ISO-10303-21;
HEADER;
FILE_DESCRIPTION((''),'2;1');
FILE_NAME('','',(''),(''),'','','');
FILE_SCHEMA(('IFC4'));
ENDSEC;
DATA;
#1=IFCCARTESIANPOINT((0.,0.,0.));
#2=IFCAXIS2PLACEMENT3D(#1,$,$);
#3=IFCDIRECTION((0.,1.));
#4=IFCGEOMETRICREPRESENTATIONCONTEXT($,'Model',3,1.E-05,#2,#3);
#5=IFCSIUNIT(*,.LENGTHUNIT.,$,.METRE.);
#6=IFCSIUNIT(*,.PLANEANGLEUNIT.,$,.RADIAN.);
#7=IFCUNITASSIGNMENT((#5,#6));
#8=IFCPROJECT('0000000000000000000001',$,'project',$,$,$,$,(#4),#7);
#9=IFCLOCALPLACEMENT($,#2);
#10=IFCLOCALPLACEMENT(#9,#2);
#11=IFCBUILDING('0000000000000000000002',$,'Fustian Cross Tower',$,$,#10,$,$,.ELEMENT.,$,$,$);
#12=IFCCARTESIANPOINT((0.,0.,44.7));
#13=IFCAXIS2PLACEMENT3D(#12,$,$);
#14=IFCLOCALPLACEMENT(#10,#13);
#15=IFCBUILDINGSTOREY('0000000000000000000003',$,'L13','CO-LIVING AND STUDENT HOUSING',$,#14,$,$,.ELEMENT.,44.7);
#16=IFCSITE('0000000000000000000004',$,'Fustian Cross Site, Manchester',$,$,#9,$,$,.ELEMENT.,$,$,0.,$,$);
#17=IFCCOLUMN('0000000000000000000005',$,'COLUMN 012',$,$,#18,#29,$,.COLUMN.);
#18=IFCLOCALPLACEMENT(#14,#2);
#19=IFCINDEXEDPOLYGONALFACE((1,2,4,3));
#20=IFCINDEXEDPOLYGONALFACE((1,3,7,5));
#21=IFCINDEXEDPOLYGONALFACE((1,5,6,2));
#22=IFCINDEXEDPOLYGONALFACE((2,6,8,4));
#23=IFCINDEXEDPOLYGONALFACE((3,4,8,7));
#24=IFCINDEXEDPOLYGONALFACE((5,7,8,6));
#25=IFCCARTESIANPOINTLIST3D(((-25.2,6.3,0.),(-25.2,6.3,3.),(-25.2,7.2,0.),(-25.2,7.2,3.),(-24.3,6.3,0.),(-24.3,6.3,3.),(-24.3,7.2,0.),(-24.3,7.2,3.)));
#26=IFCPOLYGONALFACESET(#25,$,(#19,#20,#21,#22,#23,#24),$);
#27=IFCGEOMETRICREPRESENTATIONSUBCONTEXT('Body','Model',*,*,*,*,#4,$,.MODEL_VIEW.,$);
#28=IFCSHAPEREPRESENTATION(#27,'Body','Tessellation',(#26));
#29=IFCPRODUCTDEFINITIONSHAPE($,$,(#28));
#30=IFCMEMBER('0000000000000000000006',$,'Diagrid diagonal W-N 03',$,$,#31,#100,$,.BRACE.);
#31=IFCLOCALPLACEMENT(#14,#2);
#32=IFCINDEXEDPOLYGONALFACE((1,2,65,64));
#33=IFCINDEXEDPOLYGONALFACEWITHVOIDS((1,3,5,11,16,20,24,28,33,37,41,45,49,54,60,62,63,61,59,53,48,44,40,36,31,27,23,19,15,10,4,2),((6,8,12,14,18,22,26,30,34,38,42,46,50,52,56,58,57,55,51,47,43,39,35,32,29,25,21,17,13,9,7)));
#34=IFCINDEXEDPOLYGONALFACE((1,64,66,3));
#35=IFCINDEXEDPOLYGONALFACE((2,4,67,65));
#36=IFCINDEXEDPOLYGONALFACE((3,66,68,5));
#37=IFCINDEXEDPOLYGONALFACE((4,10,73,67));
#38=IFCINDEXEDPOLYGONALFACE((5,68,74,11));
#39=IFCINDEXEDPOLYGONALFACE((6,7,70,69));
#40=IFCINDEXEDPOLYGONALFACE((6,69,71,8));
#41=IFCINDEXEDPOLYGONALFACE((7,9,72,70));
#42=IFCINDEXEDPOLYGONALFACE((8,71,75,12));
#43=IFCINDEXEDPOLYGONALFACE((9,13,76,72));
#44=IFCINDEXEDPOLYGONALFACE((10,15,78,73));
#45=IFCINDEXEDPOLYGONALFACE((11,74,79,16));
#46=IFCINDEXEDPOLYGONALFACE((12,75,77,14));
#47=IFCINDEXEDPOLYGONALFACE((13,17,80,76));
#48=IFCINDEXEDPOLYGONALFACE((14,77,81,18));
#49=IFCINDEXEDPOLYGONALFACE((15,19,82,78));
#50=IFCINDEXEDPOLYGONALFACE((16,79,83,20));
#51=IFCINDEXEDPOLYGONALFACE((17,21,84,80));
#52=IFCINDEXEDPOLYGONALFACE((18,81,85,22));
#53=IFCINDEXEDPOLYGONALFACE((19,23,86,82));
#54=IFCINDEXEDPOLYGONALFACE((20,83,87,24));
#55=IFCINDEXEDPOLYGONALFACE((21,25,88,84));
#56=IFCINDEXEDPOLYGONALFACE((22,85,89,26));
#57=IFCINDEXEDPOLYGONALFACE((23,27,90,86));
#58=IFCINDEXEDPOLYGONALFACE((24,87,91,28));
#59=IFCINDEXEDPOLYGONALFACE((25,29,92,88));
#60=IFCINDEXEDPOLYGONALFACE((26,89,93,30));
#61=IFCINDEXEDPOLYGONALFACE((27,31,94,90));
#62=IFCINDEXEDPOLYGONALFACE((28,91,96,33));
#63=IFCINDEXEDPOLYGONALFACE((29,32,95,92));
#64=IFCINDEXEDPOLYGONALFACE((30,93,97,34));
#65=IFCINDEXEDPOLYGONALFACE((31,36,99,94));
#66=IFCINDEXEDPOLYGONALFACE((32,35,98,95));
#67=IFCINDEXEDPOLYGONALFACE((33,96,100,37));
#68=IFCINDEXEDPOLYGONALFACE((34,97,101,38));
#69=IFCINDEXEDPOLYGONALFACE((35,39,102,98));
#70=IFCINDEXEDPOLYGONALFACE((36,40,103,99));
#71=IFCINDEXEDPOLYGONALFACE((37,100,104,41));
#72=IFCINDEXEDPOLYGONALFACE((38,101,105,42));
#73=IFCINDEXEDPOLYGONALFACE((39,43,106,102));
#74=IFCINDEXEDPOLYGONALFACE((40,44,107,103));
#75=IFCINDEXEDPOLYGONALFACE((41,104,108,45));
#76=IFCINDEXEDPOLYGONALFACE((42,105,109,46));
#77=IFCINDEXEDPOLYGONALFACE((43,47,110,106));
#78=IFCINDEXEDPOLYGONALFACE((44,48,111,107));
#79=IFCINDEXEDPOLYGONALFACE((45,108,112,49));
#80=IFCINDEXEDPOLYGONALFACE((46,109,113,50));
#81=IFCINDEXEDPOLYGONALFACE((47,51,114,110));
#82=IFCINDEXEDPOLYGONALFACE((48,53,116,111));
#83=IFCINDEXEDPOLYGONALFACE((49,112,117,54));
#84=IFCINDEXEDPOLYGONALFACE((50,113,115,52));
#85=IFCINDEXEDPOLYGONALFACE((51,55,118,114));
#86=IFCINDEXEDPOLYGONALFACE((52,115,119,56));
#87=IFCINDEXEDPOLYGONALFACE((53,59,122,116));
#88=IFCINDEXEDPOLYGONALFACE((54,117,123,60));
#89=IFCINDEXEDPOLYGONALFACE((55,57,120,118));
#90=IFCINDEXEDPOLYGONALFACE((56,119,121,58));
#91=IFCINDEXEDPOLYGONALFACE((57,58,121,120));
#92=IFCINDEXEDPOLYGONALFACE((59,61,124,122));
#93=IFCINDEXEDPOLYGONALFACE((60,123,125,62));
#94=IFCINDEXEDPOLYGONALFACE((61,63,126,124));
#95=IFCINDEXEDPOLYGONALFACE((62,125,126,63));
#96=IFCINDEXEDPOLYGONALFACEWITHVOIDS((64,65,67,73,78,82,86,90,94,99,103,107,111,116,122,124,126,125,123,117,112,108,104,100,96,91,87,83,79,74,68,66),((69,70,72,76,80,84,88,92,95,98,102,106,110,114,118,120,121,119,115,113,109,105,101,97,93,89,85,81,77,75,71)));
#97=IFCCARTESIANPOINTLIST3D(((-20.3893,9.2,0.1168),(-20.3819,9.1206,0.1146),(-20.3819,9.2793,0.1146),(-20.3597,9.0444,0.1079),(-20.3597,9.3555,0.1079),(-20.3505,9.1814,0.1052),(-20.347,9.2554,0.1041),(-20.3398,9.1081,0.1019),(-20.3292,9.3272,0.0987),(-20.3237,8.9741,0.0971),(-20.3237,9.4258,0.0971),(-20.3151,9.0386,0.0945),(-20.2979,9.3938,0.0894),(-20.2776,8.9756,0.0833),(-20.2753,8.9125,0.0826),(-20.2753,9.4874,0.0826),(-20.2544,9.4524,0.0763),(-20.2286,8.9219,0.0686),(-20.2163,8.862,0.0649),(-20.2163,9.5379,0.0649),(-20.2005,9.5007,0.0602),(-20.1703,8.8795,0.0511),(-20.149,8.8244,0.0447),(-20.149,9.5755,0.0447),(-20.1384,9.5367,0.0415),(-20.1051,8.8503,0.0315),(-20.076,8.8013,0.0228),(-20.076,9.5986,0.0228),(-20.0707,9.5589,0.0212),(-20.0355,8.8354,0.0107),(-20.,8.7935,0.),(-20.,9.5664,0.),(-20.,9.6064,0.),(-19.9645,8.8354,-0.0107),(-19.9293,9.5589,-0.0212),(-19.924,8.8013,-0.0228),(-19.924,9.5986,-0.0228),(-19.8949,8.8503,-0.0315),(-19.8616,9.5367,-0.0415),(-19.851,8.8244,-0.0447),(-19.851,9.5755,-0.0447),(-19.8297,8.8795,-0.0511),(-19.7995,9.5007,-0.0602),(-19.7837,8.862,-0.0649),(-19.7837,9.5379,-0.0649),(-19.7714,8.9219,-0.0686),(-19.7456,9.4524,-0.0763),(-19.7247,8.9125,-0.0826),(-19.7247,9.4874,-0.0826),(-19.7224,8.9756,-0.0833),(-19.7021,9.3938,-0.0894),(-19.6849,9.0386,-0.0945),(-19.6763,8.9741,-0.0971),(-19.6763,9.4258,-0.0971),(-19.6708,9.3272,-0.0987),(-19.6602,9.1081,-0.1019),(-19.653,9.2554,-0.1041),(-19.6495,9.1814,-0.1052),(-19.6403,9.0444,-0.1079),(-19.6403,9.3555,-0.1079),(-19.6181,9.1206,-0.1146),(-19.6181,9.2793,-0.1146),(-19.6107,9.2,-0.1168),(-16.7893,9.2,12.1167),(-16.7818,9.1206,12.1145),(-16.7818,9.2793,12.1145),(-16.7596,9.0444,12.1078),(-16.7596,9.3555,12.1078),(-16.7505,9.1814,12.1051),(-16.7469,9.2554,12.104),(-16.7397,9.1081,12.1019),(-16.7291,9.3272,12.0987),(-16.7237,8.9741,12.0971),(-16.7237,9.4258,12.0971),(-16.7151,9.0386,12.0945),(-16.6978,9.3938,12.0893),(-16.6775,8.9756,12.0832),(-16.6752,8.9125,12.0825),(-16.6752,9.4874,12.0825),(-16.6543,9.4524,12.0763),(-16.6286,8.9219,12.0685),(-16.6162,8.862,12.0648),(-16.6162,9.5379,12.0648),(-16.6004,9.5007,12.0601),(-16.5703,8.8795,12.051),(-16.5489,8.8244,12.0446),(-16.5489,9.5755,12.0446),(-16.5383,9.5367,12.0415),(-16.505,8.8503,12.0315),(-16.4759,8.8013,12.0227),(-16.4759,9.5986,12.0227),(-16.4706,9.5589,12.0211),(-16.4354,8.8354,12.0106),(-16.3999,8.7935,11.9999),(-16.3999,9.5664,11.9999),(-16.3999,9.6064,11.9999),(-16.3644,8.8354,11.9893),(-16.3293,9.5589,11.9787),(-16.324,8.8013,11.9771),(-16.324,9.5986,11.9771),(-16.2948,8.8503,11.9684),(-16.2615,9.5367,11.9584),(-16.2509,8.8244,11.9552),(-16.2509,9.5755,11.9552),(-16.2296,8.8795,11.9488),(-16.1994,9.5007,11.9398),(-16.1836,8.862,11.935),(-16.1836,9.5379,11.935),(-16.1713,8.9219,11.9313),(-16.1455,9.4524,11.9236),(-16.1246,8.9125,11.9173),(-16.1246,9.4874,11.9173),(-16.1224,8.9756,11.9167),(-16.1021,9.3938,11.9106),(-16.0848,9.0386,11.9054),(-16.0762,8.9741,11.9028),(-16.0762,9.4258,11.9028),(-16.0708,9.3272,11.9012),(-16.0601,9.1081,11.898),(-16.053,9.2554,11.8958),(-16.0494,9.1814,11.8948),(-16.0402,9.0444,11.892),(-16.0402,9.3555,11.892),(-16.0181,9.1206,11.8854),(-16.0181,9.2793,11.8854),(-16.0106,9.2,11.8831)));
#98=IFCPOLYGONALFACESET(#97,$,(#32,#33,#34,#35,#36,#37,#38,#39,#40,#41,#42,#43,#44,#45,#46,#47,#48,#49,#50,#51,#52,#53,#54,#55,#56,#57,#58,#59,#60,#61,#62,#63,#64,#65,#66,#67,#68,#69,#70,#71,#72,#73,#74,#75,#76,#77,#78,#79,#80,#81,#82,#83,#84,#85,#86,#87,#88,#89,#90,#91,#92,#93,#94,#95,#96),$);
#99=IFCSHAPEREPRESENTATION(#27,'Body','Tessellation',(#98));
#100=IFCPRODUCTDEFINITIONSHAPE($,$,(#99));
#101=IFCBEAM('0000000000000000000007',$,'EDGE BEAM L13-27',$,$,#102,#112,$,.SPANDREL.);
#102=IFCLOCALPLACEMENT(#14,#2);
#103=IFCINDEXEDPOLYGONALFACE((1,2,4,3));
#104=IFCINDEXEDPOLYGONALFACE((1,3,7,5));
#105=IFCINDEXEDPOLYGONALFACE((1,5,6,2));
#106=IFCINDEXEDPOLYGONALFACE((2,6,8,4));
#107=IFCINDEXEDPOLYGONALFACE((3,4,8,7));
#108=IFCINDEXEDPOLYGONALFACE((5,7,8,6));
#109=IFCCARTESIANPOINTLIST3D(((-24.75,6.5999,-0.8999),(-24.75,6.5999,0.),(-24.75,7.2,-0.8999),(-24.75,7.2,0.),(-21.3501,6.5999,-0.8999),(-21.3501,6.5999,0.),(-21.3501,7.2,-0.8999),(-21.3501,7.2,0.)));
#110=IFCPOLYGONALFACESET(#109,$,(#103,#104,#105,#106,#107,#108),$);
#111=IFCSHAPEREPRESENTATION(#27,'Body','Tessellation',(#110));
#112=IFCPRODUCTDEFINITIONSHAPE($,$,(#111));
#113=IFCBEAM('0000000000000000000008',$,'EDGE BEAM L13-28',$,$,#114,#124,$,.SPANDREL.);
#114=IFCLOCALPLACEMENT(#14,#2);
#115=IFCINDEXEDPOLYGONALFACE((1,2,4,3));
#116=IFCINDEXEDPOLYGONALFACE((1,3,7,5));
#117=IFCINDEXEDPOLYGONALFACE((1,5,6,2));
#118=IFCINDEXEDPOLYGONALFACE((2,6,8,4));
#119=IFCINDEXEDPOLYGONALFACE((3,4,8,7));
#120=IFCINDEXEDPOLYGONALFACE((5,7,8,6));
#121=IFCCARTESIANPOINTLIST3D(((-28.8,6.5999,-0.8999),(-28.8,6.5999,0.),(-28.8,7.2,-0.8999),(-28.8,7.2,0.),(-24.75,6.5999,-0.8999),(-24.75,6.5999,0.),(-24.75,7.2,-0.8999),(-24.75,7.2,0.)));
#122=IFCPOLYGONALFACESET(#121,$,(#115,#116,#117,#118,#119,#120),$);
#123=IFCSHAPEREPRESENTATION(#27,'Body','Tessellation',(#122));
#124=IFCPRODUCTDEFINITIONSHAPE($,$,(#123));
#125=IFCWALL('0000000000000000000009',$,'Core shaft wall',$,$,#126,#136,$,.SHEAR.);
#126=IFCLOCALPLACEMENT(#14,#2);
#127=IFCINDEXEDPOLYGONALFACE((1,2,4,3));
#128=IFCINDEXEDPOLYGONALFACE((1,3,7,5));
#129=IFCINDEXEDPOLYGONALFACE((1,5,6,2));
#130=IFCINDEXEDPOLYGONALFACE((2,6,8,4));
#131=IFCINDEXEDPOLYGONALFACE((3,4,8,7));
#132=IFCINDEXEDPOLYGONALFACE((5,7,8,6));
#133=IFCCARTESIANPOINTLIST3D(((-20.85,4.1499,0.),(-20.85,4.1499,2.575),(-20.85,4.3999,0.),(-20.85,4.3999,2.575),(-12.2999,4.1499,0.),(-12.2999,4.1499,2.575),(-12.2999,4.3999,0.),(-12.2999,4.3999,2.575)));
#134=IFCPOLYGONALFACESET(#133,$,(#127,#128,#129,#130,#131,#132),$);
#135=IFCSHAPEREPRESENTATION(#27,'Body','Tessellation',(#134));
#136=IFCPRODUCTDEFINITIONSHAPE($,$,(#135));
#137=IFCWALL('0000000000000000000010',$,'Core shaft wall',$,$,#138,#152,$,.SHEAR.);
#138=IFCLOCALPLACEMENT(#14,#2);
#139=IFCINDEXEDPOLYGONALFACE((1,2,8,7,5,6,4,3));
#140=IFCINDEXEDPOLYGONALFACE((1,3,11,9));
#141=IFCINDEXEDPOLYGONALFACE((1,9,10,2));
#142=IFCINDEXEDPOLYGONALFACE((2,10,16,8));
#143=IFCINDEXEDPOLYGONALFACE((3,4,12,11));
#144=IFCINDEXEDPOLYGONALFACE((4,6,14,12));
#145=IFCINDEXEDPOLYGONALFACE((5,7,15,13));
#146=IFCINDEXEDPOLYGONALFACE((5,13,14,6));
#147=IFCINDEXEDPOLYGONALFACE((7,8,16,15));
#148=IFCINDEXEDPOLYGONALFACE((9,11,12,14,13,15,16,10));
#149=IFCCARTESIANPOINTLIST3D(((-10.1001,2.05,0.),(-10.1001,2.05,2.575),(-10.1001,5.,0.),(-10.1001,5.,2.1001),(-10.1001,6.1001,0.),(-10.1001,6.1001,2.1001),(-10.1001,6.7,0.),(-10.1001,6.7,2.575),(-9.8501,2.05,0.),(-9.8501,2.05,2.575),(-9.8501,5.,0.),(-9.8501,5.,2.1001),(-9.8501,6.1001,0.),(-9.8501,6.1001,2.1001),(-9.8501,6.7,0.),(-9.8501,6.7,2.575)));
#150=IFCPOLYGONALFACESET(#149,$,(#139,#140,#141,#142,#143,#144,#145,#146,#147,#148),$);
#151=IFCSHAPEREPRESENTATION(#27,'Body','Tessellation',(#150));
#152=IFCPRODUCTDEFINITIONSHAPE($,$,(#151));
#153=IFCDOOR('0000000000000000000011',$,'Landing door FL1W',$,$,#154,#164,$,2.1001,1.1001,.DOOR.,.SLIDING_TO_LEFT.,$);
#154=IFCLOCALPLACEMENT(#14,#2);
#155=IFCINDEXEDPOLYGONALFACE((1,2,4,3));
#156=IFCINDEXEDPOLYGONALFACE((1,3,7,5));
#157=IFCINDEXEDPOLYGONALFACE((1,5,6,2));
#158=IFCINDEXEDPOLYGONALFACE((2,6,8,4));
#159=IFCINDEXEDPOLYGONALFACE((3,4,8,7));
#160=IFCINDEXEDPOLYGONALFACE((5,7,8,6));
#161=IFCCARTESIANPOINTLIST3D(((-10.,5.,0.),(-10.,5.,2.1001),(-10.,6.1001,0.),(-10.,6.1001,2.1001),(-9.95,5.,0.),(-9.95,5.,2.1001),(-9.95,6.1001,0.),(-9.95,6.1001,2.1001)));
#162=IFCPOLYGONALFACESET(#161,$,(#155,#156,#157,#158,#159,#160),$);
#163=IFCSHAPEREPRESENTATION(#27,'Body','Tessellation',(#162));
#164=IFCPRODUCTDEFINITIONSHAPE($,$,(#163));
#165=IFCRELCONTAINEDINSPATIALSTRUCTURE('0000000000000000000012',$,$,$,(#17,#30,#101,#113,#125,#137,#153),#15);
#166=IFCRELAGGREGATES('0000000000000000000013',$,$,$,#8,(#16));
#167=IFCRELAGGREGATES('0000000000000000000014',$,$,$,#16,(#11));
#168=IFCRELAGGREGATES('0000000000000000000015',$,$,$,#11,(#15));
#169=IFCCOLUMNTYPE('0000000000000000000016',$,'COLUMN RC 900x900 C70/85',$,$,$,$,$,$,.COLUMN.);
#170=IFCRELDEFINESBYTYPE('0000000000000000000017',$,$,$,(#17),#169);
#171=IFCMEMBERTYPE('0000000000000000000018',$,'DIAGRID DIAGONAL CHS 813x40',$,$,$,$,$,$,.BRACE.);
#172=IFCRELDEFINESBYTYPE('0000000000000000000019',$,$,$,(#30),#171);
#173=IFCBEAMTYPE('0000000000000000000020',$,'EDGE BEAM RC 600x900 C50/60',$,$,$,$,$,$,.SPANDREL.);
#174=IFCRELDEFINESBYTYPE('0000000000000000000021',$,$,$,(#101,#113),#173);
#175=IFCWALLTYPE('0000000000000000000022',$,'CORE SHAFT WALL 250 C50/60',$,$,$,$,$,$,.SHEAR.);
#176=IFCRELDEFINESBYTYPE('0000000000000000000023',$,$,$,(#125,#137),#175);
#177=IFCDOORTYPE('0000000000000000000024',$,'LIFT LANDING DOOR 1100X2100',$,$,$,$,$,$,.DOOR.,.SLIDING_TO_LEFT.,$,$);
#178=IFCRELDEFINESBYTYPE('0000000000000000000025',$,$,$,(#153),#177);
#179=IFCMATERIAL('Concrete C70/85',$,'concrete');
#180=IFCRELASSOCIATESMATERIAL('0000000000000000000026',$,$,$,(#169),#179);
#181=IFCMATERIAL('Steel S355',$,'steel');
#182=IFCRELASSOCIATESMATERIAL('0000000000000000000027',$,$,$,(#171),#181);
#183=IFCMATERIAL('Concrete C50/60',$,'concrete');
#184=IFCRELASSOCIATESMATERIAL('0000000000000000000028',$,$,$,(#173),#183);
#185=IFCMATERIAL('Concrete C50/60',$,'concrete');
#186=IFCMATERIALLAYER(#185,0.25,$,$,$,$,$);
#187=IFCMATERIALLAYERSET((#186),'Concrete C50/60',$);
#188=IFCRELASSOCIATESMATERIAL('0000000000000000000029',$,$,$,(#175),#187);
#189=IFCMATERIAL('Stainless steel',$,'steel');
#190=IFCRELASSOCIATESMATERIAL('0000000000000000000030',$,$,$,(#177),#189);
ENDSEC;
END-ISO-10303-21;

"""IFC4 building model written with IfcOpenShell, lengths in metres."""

from ifc_helpers import new_model, si_unit, direction, frame, frame_2d, origin, origin_2d, place, context, subcontext, project, spatial, rectangle, hollow_circle, extrude, material, layer, layer_set, material_profile, profile_set, type_object, element, fill, save


model = new_model("IFC4")

# Units and contexts
model_context = context("Model", 3, precision=1e-05, world=origin(), true_north=direction((0.0, 1.0)))
body_context = subcontext(model_context, "Body", "Model", "MODEL_VIEW")
ifc_project = project(units=[si_unit("LENGTHUNIT", "METRE"), si_unit("PLANEANGLEUNIT", "RADIAN")], contexts=[model_context])

# Site, building, storey
site_placement = place(None, origin())
site = spatial("IfcSite", under=ifc_project, at=site_placement, Name="Fustian Cross Site, Manchester", CompositionType="ELEMENT", RefElevation=0.0)
building_placement = place(site_placement, origin())
building = spatial("IfcBuilding", under=site, at=building_placement, Name="Fustian Cross Tower", CompositionType="ELEMENT")
storey_placement = place(building_placement, frame((0.0, 0.0, 44.7)))
storey = spatial("IfcBuildingStorey", under=building, at=storey_placement, Name="L13", Description="CO-LIVING AND STUDENT HOUSING", CompositionType="ELEMENT", Elevation=44.7)

# Column
ifc_material_1 = material(Name="Concrete C70/85", Category="concrete")
ifc_material_profile_1 = material_profile(ifc_material_1, rectangle(XDim=0.8999, YDim=0.8999, at=origin_2d()), Name="RC 900x900")
ifc_profile_set_1 = profile_set([ifc_material_profile_1], Name="Concrete C70/85")
column_type = type_object("IfcColumnType", Name="COLUMN RC 900x900 C70/85", PredefinedType="COLUMN", material=ifc_profile_set_1)
column_placement = place(storey_placement, frame((-24.75, 6.75, 0.0), z_axis=(0.0, 0.0, 1.0), x_axis=(1.0, 0.0, 0.0)))
element("IfcColumn", 1, at=column_placement, inside=storey, type_object=column_type, Name="COLUMN 012", PredefinedType="COLUMN", context=body_context, shape_type="SweptSolid", body=[
    extrude(rectangle(XDim=0.8999, YDim=0.8999, at=origin_2d()), origin(), (0.0, 0.0, 1.0), 3.0),
])

# Member
ifc_material_2 = material(Name="Steel S355", Category="steel")
ifc_material_profile_2 = material_profile(ifc_material_2, hollow_circle(Radius=0.4065, WallThickness=0.04, at=origin_2d()), Name="CHS 813x40")
ifc_profile_set_2 = profile_set([ifc_material_profile_2], Name="Steel S355")
member_type = type_object("IfcMemberType", Name="DIAGRID DIAGONAL CHS 813x40", PredefinedType="BRACE", material=ifc_profile_set_2)
member_placement = place(storey_placement, frame((-20.0, 9.2, 0.0), z_axis=(0.287355, 0.0, 0.957824), x_axis=(0.0, 1.0, 0.0)))
element("IfcMember", 2, at=member_placement, inside=storey, type_object=member_type, Name="Diagrid diagonal W-N 03", PredefinedType="BRACE", context=body_context, shape_type="SweptSolid", body=[
    extrude(hollow_circle(Radius=0.4065, WallThickness=0.04, at=origin_2d()), origin(), (0.0, 0.0, 1.0), 12.5283),
])

# Beams
ifc_material_3 = material(Name="Concrete C50/60", Category="concrete")
ifc_material_profile_3 = material_profile(ifc_material_3, rectangle(XDim=0.6001, YDim=0.8999, at=origin_2d()), Name="RC 600x900")
ifc_profile_set_3 = profile_set([ifc_material_profile_3], Name="Concrete C50/60")
beam_type = type_object("IfcBeamType", Name="EDGE BEAM RC 600x900 C50/60", PredefinedType="SPANDREL", material=ifc_profile_set_3)
beam_1_placement = place(storey_placement, frame((-21.3501, 6.8999, -0.45), z_axis=(-1.0, 0.0, 0.0), x_axis=(0.0, -1.0, 0.0)))
element("IfcBeam", 3, at=beam_1_placement, inside=storey, type_object=beam_type, Name="EDGE BEAM L13-27", PredefinedType="SPANDREL", context=body_context, shape_type="SweptSolid", body=[
    extrude(rectangle(XDim=0.6001, YDim=0.8999, at=origin_2d()), origin(), (0.0, 0.0, 1.0), 3.3999),
])
beam_2_placement = place(storey_placement, frame((-24.75, 6.8999, -0.45), z_axis=(-1.0, 0.0, 0.0), x_axis=(0.0, -1.0, 0.0)))
element("IfcBeam", 4, at=beam_2_placement, inside=storey, type_object=beam_type, Name="EDGE BEAM L13-28", PredefinedType="SPANDREL", context=body_context, shape_type="SweptSolid", body=[
    extrude(rectangle(XDim=0.6001, YDim=0.8999, at=origin_2d()), origin(), (0.0, 0.0, 1.0), 4.05),
])

# Wall
ifc_material_4 = material(Name="Concrete C50/60", Category="concrete")
ifc_layer_1 = layer(ifc_material_4, 0.25)
ifc_layer_set_1 = layer_set([ifc_layer_1], Name="Concrete C50/60")
wall_type_1 = type_object("IfcWallType", Name="CORE SHAFT WALL 250 C50/60", PredefinedType="SHEAR", material=ifc_layer_set_1)
wall_1_placement = place(storey_placement, frame((-12.3, 4.2749, 0.0), z_axis=(0.0, 0.0, 1.0), x_axis=(-1.0, 0.0, 0.0)))
element("IfcWall", 5, at=wall_1_placement, inside=storey, type_object=wall_type_1, Name="Core shaft wall", PredefinedType="SHEAR", context=body_context, shape_type="SweptSolid", body=[
    extrude(rectangle(XDim=8.55, YDim=0.25, at=frame_2d((4.2749, 0.0))), origin(), (0.0, 0.0, 1.0), 2.575),
])

# Wall, opening, door
wall_2_placement = place(storey_placement, frame((-9.9751, 2.05, 0.0), z_axis=(0.0, 0.0, 1.0), x_axis=(0.0, 1.0, 0.0)))
wall_2 = element("IfcWall", 6, at=wall_2_placement, inside=storey, type_object=wall_type_1, Name="Core shaft wall", PredefinedType="SHEAR", context=body_context, shape_type="SweptSolid", body=[
    extrude(rectangle(XDim=4.6499, YDim=0.25, at=frame_2d((2.325, 0.0))), origin(), (0.0, 0.0, 1.0), 2.575),
])
opening_1_placement = place(wall_2_placement, frame((2.95, 0.0, 0.0)))
opening_1 = element("IfcOpeningElement", 7, at=opening_1_placement, cuts=wall_2, PredefinedType="OPENING", context=body_context, shape_type="SweptSolid", body=[
    extrude(rectangle(XDim=1.1001, YDim=2.1001, at=frame_2d((0.55, 1.05))), frame((0.0, 0.135, 0.0), z_axis=(0.0, -1.0, 0.0), x_axis=(1.0, 0.0, 0.0)), (0.0, 0.0, 1.0), 0.27),
])
ifc_material_5 = material(Name="Stainless steel", Category="steel")
door_type_1 = type_object("IfcDoorType", Name="LIFT LANDING DOOR 1100X2100", OperationType="SLIDING_TO_LEFT", PredefinedType="DOOR", material=ifc_material_5)
door_1_placement = place(opening_1_placement, origin())
door_1 = element("IfcDoor", 8, at=door_1_placement, inside=storey, type_object=door_type_1, Name="Landing door FL1W", OperationType="SLIDING_TO_LEFT", OverallHeight=2.1001, OverallWidth=1.1001, PredefinedType="DOOR", context=body_context, shape_type="SweptSolid", body=[
    extrude(rectangle(XDim=1.1001, YDim=2.1001, at=frame_2d((0.55, 1.05))), frame((0.0, 0.0249, 0.0), z_axis=(0.0, -1.0, 0.0), x_axis=(1.0, 0.0, 0.0)), (0.0, 0.0, 1.0), 0.05),
])
fill(opening_1, door_1)

save(model, "model.ifc")
